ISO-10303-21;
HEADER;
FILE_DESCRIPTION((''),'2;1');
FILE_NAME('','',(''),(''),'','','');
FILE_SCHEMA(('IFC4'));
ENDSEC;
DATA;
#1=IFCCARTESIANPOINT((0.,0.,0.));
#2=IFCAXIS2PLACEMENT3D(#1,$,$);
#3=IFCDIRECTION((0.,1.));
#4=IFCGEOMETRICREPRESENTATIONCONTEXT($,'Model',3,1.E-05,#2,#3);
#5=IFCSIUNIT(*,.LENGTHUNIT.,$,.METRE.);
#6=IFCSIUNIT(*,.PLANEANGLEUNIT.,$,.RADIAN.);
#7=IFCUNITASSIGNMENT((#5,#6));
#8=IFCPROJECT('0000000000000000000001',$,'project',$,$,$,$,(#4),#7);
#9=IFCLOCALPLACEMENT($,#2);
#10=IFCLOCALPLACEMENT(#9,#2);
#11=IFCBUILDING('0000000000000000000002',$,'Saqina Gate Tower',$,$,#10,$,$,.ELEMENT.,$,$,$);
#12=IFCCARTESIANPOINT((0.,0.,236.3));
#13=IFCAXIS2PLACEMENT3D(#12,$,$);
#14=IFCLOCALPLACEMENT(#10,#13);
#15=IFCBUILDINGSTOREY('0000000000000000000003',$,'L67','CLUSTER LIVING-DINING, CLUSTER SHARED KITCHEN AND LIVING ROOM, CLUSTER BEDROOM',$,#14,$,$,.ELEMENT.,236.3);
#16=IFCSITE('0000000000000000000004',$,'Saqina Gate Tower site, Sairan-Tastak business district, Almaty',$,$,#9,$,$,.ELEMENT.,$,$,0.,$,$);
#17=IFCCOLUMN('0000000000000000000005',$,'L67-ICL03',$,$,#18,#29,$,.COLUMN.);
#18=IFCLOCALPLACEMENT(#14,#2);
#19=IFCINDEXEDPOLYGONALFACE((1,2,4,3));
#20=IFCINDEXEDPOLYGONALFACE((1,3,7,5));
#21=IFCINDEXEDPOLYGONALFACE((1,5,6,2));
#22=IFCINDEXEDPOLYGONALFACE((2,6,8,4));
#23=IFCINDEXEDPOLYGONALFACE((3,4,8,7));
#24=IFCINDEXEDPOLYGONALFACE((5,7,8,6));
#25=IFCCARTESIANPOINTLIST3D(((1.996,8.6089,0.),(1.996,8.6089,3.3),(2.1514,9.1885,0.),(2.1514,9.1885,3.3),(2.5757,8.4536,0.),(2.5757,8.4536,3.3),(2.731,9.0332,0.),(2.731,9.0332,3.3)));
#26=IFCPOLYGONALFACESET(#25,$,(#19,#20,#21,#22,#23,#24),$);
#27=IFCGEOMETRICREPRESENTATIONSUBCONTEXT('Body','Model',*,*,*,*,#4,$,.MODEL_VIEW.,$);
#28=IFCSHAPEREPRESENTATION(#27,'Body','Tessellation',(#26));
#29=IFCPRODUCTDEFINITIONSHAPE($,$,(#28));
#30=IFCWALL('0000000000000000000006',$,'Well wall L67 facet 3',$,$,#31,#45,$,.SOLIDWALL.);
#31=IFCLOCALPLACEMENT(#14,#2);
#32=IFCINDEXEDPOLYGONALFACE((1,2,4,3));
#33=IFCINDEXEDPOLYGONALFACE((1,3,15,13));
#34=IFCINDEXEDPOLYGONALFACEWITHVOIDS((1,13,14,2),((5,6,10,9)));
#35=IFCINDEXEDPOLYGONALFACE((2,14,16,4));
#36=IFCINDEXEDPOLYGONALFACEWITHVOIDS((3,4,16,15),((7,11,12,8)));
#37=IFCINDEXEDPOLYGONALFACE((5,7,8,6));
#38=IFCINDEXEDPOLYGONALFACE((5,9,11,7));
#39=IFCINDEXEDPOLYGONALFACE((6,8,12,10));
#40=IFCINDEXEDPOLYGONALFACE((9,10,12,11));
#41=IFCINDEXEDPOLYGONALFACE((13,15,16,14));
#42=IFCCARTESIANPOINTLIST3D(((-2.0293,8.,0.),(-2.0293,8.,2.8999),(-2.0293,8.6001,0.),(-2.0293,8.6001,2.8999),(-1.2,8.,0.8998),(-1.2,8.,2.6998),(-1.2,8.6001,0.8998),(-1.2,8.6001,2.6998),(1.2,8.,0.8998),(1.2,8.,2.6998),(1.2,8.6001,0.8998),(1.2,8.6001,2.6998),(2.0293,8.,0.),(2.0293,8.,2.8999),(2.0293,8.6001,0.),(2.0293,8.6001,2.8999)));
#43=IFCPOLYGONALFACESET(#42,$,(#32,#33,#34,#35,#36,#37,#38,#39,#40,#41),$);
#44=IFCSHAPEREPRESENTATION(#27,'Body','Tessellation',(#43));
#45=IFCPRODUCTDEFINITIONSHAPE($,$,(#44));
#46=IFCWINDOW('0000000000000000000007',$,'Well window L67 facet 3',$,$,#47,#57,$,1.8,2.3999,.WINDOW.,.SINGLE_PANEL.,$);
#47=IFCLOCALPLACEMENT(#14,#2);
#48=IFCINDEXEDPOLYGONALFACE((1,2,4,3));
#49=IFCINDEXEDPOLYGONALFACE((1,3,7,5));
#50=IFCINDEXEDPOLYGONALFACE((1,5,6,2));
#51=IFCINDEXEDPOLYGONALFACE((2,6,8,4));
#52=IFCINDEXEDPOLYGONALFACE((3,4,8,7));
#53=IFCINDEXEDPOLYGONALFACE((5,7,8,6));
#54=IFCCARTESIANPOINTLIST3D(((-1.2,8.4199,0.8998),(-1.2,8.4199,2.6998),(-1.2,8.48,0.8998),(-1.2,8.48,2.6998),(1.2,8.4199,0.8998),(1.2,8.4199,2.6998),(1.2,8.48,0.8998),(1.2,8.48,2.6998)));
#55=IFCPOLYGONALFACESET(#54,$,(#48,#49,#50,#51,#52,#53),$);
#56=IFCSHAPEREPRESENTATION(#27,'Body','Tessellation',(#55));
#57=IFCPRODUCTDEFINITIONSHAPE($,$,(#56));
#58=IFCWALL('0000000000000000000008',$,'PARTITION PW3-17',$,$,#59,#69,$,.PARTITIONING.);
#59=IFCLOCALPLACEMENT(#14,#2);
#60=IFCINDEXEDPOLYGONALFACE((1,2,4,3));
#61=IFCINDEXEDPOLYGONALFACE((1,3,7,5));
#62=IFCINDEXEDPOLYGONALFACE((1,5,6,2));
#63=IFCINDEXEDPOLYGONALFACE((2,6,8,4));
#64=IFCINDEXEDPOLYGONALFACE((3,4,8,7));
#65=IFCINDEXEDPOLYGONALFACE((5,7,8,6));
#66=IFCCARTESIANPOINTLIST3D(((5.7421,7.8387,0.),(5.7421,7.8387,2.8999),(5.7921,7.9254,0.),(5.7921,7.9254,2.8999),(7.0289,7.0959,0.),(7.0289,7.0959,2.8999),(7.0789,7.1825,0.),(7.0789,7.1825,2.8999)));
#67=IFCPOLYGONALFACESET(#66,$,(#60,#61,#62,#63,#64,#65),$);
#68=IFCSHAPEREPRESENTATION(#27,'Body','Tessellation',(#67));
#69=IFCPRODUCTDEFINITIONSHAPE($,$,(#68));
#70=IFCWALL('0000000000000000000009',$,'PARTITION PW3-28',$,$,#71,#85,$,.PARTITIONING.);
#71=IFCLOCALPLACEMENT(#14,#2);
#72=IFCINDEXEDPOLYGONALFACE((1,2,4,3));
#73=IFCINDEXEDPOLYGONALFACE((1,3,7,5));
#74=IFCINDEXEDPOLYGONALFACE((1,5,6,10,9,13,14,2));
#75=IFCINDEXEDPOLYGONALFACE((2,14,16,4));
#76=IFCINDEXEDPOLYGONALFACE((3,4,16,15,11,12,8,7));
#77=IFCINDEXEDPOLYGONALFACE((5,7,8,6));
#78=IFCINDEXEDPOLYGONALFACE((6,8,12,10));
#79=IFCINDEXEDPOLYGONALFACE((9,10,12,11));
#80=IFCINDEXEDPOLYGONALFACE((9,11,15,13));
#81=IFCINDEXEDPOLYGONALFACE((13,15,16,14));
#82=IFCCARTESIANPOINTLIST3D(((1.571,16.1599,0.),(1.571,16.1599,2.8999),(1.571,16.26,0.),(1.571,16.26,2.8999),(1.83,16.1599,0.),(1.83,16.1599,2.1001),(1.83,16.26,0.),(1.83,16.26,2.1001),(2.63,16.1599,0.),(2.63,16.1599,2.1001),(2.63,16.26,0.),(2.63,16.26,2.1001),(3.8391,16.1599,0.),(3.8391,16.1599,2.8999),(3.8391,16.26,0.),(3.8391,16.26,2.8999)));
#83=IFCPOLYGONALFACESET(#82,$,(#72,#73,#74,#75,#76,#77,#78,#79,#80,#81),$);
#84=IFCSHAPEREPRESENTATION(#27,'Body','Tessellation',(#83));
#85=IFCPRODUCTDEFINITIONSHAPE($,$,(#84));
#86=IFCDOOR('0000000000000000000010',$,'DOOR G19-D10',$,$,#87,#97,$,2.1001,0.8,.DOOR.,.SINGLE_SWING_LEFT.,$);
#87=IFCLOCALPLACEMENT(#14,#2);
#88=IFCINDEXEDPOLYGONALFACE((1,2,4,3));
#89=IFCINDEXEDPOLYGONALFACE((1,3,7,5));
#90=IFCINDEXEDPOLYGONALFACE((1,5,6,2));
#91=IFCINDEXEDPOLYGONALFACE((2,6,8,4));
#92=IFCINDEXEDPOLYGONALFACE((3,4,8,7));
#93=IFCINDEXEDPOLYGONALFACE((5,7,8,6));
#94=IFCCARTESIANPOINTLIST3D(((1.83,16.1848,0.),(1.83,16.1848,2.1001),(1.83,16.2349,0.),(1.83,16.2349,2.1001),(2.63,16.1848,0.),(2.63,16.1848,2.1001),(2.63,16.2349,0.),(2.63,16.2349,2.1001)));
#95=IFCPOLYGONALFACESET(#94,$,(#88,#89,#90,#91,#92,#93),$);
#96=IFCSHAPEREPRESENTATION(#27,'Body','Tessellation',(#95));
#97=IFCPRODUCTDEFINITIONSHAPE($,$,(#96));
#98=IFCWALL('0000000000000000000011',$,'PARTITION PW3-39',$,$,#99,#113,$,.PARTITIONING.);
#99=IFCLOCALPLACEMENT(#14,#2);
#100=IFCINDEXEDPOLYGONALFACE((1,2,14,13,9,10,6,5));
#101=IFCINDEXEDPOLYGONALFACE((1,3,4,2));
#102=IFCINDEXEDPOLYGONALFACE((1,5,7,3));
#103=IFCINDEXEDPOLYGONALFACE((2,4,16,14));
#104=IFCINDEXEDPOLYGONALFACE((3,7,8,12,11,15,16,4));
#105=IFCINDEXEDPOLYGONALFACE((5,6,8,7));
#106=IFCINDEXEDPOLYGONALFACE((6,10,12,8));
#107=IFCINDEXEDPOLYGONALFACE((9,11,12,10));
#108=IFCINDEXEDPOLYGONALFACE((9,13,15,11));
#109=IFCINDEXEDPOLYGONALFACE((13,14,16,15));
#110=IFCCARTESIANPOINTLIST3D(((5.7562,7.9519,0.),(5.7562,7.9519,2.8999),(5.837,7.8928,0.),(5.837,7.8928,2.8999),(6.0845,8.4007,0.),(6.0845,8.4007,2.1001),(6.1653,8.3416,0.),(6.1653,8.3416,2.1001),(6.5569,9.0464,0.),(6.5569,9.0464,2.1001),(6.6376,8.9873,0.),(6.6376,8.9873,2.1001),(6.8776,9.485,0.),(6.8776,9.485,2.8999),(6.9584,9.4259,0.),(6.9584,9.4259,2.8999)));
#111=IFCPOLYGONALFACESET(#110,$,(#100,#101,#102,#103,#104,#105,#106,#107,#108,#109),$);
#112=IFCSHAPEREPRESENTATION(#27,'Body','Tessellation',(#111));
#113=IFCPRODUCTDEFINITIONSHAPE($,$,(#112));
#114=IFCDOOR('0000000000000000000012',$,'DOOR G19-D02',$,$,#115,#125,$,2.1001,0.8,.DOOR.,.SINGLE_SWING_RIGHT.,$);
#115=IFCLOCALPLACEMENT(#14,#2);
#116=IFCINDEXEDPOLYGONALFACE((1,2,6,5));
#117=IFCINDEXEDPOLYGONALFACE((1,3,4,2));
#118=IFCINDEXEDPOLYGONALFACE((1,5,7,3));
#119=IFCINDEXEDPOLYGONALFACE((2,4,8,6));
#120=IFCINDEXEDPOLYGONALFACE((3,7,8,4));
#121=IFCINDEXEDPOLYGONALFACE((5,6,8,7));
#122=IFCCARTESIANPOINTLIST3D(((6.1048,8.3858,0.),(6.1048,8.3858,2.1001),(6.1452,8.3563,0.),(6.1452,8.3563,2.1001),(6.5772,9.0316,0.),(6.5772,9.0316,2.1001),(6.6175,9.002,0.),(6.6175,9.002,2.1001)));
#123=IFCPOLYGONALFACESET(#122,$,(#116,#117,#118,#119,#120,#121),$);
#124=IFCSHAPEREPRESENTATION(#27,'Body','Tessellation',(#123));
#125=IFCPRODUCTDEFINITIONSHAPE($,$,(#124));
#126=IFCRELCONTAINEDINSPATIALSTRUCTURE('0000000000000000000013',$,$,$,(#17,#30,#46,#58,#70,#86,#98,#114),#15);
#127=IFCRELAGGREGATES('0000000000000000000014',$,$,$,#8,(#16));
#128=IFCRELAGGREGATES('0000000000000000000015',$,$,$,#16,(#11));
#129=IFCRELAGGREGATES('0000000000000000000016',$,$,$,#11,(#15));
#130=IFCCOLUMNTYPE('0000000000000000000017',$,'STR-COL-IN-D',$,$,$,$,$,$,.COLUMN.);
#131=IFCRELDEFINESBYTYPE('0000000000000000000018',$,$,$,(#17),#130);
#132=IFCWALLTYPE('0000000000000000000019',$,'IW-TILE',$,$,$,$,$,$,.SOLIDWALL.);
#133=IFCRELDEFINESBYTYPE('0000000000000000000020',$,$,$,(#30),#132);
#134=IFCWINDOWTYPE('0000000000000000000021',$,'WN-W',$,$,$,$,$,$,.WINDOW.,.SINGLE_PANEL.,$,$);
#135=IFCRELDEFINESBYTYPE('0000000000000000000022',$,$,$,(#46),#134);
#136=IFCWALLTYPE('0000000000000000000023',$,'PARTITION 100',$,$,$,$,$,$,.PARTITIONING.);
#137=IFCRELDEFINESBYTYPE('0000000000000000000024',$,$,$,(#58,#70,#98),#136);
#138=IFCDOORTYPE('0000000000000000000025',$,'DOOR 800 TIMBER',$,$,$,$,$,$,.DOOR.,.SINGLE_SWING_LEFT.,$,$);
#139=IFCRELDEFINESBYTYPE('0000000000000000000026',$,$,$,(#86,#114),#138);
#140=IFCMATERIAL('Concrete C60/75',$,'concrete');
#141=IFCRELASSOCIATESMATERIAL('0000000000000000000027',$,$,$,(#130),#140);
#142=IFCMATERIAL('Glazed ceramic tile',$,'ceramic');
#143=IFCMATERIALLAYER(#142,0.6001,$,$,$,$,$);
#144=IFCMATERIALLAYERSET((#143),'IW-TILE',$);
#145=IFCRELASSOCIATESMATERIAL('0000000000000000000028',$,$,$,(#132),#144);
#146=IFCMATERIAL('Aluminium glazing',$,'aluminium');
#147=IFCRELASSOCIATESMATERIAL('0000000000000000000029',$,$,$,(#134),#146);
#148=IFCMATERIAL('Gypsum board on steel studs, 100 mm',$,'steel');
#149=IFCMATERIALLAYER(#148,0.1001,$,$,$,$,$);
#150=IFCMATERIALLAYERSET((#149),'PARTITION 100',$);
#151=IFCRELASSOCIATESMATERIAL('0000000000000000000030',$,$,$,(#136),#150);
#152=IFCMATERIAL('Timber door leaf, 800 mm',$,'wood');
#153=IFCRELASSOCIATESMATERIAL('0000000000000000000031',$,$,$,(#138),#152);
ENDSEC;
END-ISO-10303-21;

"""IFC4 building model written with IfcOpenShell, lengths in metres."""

from ifc_helpers import new_model, si_unit, direction, frame, frame_2d, origin, origin_2d, place, context, subcontext, project, spatial, rectangle, extrude, material, layer, layer_set, material_profile, profile_set, type_object, element, fill, save


model = new_model("IFC4")

# Units and contexts
model_context = context("Model", 3, precision=1e-05, world=origin(), true_north=direction((0.0, 1.0)))
body_context = subcontext(model_context, "Body", "Model", "MODEL_VIEW")
ifc_project = project(units=[si_unit("LENGTHUNIT", "METRE"), si_unit("PLANEANGLEUNIT", "RADIAN")], contexts=[model_context])

# Site, building, storey
site_placement = place(None, origin())
site = spatial("IfcSite", under=ifc_project, at=site_placement, Name="Saqina Gate Tower site, Sairan-Tastak business district, Almaty", CompositionType="ELEMENT", RefElevation=0.0)
building_placement = place(site_placement, origin())
building = spatial("IfcBuilding", under=site, at=building_placement, Name="Saqina Gate Tower", CompositionType="ELEMENT")
storey_placement = place(building_placement, frame((0.0, 0.0, 236.3)))
storey = spatial("IfcBuildingStorey", under=building, at=storey_placement, Name="L67", Description="CLUSTER LIVING-DINING, CLUSTER SHARED KITCHEN AND LIVING ROOM, CLUSTER BEDROOM", CompositionType="ELEMENT", Elevation=236.3)

# Column
ifc_material_1 = material(Name="Concrete C60/75", Category="concrete")
ifc_material_profile = material_profile(ifc_material_1, rectangle(XDim=0.6001, YDim=0.6001, at=origin_2d()), Name="RC 600x600")
ifc_profile_set = profile_set([ifc_material_profile], Name="Concrete C60/75")
column_type = type_object("IfcColumnType", Name="STR-COL-IN-D", PredefinedType="COLUMN", material=ifc_profile_set)
column_placement = place(storey_placement, frame((2.3635, 8.821, 0.0), z_axis=(0.0, 0.0, 1.0), x_axis=(0.258819, 0.965926, 0.0)))
element("IfcColumn", 1, at=column_placement, inside=storey, type_object=column_type, Name="L67-ICL03", PredefinedType="COLUMN", context=body_context, shape_type="SweptSolid", body=[
    extrude(rectangle(XDim=0.6001, YDim=0.6001, at=origin_2d()), origin(), (0.0, 0.0, 1.0), 3.3),
])

# Wall, opening, window
ifc_material_2 = material(Name="Glazed ceramic tile", Category="ceramic")
ifc_layer_1 = layer(ifc_material_2, 0.6001)
ifc_layer_set_1 = layer_set([ifc_layer_1], Name="IW-TILE")
wall_type_1 = type_object("IfcWallType", Name="IW-TILE", PredefinedType="SOLIDWALL", material=ifc_layer_set_1)
wall_1_placement = place(storey_placement, frame((2.0293, 8.3, 0.0), z_axis=(0.0, 0.0, 1.0), x_axis=(-1.0, 0.0, 0.0)))
wall_1 = element("IfcWall", 2, at=wall_1_placement, inside=storey, type_object=wall_type_1, Name="Well wall L67 facet 3", PredefinedType="SOLIDWALL", context=body_context, shape_type="SweptSolid", body=[
    extrude(rectangle(XDim=4.0586, YDim=0.6001, at=frame_2d((2.0293, 0.0))), origin(), (0.0, 0.0, 1.0), 2.8999),
])
opening_1_placement = place(wall_1_placement, frame((0.8293, 0.0, 0.8999)))
opening_1 = element("IfcOpeningElement", 3, at=opening_1_placement, cuts=wall_1, PredefinedType="OPENING", context=body_context, shape_type="SweptSolid", body=[
    extrude(rectangle(XDim=2.3999, YDim=1.8, at=frame_2d((1.2, 0.8999))), frame((0.0, 0.312, 0.0), z_axis=(0.0, -1.0, 0.0), x_axis=(1.0, 0.0, 0.0)), (0.0, 0.0, 1.0), 0.624),
])
ifc_material_3 = material(Name="Aluminium glazing", Category="aluminium")
window_type = type_object("IfcWindowType", Name="WN-W", PartitioningType="SINGLE_PANEL", PredefinedType="WINDOW", material=ifc_material_3)
window_placement = place(opening_1_placement, origin())
window = element("IfcWindow", 4, at=window_placement, inside=storey, type_object=window_type, Name="Well window L67 facet 3", OverallHeight=1.8, OverallWidth=2.3999, PartitioningType="SINGLE_PANEL", PredefinedType="WINDOW", context=body_context, shape_type="SweptSolid", body=[
    extrude(rectangle(XDim=2.3999, YDim=1.8, at=frame_2d((1.2, 0.8999))), frame((0.0, -0.1199, 0.0), z_axis=(0.0, -1.0, 0.0), x_axis=(1.0, 0.0, 0.0)), (0.0, 0.0, 1.0), 0.0601),
])
fill(opening_1, window)

# Wall
ifc_material_4 = material(Name="Gypsum board on steel studs, 100 mm", Category="steel")
ifc_layer_2 = layer(ifc_material_4, 0.1001)
ifc_layer_set_2 = layer_set([ifc_layer_2], Name="PARTITION 100")
wall_type_2 = type_object("IfcWallType", Name="PARTITION 100", PredefinedType="PARTITIONING", material=ifc_layer_set_2)
wall_2_placement = place(storey_placement, frame((5.7671, 7.8821, 0.0), z_axis=(0.0, 0.0, 1.0), x_axis=(0.866041, -0.499974, 0.0)))
element("IfcWall", 5, at=wall_2_placement, inside=storey, type_object=wall_type_2, Name="PARTITION PW3-17", PredefinedType="PARTITIONING", context=body_context, shape_type="SweptSolid", body=[
    extrude(rectangle(XDim=1.4858, YDim=0.1001, at=frame_2d((0.7429, 0.0))), origin(), (0.0, 0.0, 1.0), 2.8999),
])

# Walls, openings, doors
wall_3_placement = place(storey_placement, frame((1.571, 16.21, 0.0), z_axis=(0.0, 0.0, 1.0), x_axis=(1.0, 0.0, 0.0)))
wall_3 = element("IfcWall", 6, at=wall_3_placement, inside=storey, type_object=wall_type_2, Name="PARTITION PW3-28", PredefinedType="PARTITIONING", context=body_context, shape_type="SweptSolid", body=[
    extrude(rectangle(XDim=2.2681, YDim=0.1001, at=frame_2d((1.134, 0.0))), origin(), (0.0, 0.0, 1.0), 2.8999),
])
opening_2_placement = place(wall_3_placement, frame((0.259, 0.0, 0.0)))
opening_2 = element("IfcOpeningElement", 7, at=opening_2_placement, cuts=wall_3, PredefinedType="OPENING", context=body_context, shape_type="SweptSolid", body=[
    extrude(rectangle(XDim=0.8, YDim=2.1001, at=frame_2d((0.3999, 1.05))), frame((0.0, 0.062, 0.0), z_axis=(0.0, -1.0, 0.0), x_axis=(1.0, 0.0, 0.0)), (0.0, 0.0, 1.0), 0.124),
])
ifc_material_5 = material(Name="Timber door leaf, 800 mm", Category="wood")
door_type_1 = type_object("IfcDoorType", Name="DOOR 800 TIMBER", OperationType="SINGLE_SWING_LEFT", PredefinedType="DOOR", material=ifc_material_5)
door_1_placement = place(opening_2_placement, origin())
door_1 = element("IfcDoor", 8, at=door_1_placement, inside=storey, type_object=door_type_1, Name="DOOR G19-D10", OperationType="SINGLE_SWING_LEFT", OverallHeight=2.1001, OverallWidth=0.8, PredefinedType="DOOR", context=body_context, shape_type="SweptSolid", body=[
    extrude(rectangle(XDim=0.8, YDim=2.1001, at=frame_2d((0.3999, 1.05))), frame((0.0, 0.0249, 0.0), z_axis=(0.0, -1.0, 0.0), x_axis=(1.0, 0.0, 0.0)), (0.0, 0.0, 1.0), 0.05),
])
fill(opening_2, door_1)
wall_4_placement = place(storey_placement, frame((5.7966, 7.9224, 0.0), z_axis=(0.0, 0.0, 1.0), x_axis=(0.590394, 0.807115, 0.0)))
wall_4 = element("IfcWall", 9, at=wall_4_placement, inside=storey, type_object=wall_type_2, Name="PARTITION PW3-39", PredefinedType="PARTITIONING", context=body_context, shape_type="SweptSolid", body=[
    extrude(rectangle(XDim=1.8994, YDim=0.1001, at=frame_2d((0.9497, 0.0))), origin(), (0.0, 0.0, 1.0), 2.8999),
])
opening_3_placement = place(wall_4_placement, frame((0.5562, 0.0, 0.0)))
opening_3 = element("IfcOpeningElement", 10, at=opening_3_placement, cuts=wall_4, PredefinedType="OPENING", context=body_context, shape_type="SweptSolid", body=[
    extrude(rectangle(XDim=0.8, YDim=2.1001, at=frame_2d((0.3999, 1.05))), frame((0.0, 0.062, 0.0), z_axis=(0.0, -1.0, 0.0), x_axis=(1.0, 0.0, 0.0)), (0.0, 0.0, 1.0), 0.124),
])
door_2_placement = place(opening_3_placement, origin())
door_2 = element("IfcDoor", 11, at=door_2_placement, inside=storey, type_object=door_type_1, Name="DOOR G19-D02", OperationType="SINGLE_SWING_RIGHT", OverallHeight=2.1001, OverallWidth=0.8, PredefinedType="DOOR", context=body_context, shape_type="SweptSolid", body=[
    extrude(rectangle(XDim=0.8, YDim=2.1001, at=frame_2d((0.3999, 1.05))), frame((0.0, 0.0249, 0.0), z_axis=(0.0, -1.0, 0.0), x_axis=(1.0, 0.0, 0.0)), (0.0, 0.0, 1.0), 0.05),
])
fill(opening_3, door_2)

save(model, "model.ifc")
